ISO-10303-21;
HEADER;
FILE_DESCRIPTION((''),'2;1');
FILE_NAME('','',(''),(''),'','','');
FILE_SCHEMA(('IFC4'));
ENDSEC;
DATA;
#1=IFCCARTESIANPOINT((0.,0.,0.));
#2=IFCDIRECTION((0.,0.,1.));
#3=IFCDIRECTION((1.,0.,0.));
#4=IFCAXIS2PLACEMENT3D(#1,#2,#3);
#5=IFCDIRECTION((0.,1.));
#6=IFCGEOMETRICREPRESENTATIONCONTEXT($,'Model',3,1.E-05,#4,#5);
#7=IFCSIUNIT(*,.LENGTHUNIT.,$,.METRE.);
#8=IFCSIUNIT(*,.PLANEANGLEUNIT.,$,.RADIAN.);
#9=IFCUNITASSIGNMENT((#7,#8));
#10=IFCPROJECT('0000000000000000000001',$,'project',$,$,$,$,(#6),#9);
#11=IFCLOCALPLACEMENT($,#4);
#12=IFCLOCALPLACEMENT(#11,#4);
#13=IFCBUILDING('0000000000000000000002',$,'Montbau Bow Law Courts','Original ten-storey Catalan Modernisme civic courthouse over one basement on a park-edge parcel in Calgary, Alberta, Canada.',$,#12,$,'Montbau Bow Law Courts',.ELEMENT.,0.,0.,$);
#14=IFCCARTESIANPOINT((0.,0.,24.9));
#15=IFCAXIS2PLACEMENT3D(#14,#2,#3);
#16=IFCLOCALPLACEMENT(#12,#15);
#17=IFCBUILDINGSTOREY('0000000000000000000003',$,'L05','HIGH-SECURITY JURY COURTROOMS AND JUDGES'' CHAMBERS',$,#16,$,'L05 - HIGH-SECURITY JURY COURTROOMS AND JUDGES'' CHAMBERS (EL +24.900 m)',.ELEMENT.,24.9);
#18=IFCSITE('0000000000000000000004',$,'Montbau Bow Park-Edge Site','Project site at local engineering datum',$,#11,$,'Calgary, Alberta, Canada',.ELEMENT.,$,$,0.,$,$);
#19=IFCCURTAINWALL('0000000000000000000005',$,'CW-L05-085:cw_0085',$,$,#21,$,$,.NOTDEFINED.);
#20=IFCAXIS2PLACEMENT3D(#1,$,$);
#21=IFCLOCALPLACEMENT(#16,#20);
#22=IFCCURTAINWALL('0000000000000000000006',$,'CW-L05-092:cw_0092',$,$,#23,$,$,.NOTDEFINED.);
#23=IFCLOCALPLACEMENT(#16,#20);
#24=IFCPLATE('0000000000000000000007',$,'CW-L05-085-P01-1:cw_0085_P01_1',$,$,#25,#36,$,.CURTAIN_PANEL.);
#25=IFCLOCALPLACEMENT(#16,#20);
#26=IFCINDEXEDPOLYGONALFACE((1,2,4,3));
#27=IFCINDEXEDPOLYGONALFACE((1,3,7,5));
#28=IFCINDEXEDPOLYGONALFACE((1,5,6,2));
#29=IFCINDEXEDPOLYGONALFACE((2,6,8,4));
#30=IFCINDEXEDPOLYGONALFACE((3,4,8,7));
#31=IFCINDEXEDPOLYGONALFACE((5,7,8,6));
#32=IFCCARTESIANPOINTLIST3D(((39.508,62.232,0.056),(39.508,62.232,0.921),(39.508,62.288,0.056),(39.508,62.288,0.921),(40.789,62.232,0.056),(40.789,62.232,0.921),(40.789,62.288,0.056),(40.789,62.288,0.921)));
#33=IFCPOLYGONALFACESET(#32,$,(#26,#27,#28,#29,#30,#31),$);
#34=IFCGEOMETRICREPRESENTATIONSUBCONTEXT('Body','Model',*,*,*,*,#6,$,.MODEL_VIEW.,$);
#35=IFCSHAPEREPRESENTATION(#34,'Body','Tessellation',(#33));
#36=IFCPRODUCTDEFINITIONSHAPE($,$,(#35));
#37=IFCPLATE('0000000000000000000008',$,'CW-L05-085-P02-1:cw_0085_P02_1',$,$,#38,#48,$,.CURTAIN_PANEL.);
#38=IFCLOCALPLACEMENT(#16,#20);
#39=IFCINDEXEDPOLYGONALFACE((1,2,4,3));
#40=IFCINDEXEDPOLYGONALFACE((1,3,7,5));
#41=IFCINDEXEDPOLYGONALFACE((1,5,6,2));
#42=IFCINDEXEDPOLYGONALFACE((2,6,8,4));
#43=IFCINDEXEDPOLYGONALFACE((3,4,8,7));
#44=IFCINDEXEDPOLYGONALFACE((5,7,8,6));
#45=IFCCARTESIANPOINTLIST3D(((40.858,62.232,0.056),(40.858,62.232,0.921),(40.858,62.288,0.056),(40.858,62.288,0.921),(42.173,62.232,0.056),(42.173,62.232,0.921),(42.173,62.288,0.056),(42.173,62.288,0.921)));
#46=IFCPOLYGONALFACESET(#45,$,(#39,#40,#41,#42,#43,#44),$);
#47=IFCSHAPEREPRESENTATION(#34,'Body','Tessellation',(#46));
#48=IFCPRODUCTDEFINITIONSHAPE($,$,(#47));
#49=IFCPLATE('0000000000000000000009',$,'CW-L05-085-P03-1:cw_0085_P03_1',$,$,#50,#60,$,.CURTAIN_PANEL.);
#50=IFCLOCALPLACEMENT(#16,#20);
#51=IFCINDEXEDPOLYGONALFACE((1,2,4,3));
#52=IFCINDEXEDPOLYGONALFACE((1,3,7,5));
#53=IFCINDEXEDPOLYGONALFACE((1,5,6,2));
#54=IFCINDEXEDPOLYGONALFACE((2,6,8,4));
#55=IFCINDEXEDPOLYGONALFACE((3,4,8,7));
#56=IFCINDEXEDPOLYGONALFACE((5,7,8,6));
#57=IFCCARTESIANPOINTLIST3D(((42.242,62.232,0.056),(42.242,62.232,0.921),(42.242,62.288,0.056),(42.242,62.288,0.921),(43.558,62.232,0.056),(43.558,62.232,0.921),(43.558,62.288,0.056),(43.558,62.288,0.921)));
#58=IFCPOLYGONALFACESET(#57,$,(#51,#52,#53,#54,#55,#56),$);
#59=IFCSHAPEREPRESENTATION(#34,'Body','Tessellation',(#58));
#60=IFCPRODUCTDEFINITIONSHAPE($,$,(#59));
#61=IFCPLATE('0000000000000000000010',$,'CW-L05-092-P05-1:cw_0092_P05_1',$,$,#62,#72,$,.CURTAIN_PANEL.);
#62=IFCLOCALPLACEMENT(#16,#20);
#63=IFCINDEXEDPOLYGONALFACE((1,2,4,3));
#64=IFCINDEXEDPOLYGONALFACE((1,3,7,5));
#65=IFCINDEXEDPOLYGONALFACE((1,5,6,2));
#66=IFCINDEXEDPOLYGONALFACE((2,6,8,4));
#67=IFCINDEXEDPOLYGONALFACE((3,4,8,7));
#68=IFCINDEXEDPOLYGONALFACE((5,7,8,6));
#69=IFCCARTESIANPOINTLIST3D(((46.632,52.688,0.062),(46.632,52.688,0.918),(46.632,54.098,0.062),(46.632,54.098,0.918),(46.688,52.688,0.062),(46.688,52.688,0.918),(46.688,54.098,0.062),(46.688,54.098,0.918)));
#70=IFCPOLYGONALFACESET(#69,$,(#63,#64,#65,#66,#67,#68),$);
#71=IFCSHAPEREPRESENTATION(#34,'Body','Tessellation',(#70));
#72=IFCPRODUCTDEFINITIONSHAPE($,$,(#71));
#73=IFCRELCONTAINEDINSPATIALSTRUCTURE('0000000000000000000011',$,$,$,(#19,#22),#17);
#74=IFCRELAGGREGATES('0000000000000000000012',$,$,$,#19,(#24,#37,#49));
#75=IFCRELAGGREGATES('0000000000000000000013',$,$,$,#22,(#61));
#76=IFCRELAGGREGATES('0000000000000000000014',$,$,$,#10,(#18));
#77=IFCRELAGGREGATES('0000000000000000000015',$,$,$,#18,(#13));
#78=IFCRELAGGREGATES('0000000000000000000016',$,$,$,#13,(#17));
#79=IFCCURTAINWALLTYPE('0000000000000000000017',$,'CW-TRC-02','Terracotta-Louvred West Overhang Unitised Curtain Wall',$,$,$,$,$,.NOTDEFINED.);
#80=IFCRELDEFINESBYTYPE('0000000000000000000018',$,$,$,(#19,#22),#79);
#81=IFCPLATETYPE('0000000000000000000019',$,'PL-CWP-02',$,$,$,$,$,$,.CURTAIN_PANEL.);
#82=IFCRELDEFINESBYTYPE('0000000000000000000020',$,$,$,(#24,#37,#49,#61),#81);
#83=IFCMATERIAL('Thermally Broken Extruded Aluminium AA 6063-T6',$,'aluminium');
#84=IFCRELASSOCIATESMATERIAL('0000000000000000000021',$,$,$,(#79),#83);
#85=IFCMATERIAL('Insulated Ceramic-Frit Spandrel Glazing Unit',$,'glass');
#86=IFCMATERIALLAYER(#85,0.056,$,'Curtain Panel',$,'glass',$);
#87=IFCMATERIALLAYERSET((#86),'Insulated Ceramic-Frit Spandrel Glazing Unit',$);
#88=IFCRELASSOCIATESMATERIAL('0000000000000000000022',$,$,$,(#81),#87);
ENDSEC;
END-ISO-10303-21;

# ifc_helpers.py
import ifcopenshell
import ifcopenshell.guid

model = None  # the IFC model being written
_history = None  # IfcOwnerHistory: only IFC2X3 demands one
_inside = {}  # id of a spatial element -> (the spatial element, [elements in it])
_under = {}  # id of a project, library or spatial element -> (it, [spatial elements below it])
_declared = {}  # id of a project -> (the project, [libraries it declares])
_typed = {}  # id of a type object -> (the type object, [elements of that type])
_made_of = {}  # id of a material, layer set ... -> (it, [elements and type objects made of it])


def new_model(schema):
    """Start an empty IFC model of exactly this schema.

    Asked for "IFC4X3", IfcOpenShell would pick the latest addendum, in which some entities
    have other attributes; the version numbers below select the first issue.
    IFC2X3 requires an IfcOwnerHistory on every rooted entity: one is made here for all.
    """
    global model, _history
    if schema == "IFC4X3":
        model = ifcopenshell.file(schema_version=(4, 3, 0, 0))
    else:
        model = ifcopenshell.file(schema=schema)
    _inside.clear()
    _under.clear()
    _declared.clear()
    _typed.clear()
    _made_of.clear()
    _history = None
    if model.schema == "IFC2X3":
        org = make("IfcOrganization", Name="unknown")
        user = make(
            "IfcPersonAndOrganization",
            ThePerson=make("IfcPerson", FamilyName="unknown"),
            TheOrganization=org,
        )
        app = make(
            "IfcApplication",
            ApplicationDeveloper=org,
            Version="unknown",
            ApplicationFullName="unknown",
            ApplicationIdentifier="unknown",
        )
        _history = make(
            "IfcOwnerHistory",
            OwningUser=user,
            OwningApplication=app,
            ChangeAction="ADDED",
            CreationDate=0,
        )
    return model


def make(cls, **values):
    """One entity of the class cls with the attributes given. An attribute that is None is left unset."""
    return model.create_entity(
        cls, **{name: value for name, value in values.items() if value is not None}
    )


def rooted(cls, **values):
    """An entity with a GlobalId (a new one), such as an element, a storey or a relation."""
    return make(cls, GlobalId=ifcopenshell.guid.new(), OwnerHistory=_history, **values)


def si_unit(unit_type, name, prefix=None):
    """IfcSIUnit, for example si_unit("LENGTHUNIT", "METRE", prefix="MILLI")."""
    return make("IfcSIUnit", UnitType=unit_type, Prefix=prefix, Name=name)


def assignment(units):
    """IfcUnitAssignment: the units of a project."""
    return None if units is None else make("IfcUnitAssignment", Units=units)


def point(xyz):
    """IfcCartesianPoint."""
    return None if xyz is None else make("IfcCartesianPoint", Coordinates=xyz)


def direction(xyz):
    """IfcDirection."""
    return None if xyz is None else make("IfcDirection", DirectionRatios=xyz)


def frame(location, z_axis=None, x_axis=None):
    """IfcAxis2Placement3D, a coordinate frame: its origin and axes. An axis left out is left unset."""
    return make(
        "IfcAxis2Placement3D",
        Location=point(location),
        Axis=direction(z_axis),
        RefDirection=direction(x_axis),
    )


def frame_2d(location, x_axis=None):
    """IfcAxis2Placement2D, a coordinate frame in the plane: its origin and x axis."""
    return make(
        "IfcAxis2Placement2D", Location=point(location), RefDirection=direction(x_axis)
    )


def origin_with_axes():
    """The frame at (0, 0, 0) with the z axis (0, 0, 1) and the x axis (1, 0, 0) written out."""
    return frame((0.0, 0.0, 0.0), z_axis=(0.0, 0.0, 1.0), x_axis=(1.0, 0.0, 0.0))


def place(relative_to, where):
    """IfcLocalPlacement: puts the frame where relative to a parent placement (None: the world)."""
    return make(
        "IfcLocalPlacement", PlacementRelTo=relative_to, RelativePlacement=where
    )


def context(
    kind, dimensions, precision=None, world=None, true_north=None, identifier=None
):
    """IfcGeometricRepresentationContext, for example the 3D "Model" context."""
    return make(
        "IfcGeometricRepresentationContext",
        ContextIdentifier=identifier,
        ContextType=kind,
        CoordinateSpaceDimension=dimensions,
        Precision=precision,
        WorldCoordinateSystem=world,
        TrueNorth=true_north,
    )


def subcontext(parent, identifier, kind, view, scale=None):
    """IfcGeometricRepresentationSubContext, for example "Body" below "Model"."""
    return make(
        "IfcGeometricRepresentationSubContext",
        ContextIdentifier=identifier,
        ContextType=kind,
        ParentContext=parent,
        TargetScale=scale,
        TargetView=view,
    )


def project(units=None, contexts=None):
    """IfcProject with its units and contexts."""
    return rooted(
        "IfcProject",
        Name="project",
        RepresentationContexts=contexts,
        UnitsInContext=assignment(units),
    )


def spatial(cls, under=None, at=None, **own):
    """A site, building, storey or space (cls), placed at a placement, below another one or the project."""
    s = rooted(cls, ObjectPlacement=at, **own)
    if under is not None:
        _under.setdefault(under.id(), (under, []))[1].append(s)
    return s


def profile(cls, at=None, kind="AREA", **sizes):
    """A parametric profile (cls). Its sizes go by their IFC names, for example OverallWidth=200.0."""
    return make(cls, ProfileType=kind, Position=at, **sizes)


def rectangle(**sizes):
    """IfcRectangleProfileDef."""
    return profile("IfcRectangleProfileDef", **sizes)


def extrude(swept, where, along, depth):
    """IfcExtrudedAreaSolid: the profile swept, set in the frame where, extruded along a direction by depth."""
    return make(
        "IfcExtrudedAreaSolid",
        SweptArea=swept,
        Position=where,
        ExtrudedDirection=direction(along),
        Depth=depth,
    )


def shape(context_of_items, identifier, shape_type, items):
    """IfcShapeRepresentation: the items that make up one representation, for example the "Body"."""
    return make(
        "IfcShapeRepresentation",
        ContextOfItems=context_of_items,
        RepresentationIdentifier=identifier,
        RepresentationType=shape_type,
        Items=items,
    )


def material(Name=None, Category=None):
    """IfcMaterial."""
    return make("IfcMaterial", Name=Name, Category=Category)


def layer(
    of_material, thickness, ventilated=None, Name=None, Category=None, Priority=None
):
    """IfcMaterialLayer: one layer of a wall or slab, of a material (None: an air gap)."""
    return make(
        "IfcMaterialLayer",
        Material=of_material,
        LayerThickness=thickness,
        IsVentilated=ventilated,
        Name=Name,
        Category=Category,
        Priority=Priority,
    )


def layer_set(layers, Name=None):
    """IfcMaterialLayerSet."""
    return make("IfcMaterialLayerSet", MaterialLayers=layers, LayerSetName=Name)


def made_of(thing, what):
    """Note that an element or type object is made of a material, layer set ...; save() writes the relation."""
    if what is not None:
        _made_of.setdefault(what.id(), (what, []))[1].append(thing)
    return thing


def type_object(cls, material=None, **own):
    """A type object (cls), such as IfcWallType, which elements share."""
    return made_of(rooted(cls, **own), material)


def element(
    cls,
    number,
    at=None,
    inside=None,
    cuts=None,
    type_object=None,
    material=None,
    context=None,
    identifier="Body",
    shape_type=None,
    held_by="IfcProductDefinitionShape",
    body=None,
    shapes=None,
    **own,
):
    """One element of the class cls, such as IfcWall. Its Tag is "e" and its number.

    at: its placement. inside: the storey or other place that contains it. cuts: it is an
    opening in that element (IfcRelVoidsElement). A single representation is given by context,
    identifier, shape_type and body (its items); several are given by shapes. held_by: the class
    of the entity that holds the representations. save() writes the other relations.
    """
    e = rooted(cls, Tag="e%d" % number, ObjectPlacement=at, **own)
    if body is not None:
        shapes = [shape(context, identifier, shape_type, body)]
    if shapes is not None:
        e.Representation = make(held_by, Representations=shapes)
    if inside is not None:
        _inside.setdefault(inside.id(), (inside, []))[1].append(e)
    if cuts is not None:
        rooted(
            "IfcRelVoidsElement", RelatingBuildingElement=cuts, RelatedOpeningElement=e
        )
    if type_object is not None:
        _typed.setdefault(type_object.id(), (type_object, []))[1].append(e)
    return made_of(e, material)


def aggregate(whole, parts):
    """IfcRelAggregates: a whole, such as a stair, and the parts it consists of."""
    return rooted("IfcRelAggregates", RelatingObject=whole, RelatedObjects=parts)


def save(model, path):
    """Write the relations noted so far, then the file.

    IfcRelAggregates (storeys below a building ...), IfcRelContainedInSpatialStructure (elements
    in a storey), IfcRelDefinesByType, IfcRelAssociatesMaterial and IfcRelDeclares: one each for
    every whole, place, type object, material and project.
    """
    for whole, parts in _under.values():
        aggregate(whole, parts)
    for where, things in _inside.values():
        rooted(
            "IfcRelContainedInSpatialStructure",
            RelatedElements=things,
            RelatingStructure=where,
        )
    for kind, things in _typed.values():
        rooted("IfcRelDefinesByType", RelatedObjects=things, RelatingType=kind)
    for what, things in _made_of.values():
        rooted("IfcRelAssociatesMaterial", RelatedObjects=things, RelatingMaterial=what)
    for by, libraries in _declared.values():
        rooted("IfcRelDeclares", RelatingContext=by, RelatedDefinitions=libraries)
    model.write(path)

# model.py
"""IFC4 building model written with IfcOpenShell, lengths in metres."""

from ifc_helpers import new_model, si_unit, direction, frame, frame_2d, origin_with_axes, place, context, subcontext, project, spatial, rectangle, extrude, material, layer, layer_set, type_object, element, aggregate, save


model = new_model("IFC4")

# Units and contexts
model_context = context("Model", 3, precision=1e-05, world=origin_with_axes(), true_north=direction((0.0, 1.0)))
body_context = subcontext(model_context, "Body", "Model", "MODEL_VIEW")
ifc_project = project(units=[si_unit("LENGTHUNIT", "METRE"), si_unit("PLANEANGLEUNIT", "RADIAN")], contexts=[model_context])

# Site, building, storey
site_placement = place(None, origin_with_axes())
site = spatial("IfcSite", under=ifc_project, at=site_placement, Name="Montbau Bow Park-Edge Site", Description="Project site at local engineering datum", LongName="Calgary, Alberta, Canada", CompositionType="ELEMENT", RefElevation=0.0)
building_placement = place(site_placement, origin_with_axes())
building = spatial("IfcBuilding", under=site, at=building_placement, Name="Montbau Bow Law Courts", Description="Original ten-storey Catalan Modernisme civic courthouse over one basement on a park-edge parcel in Calgary, Alberta, Canada.", LongName="Montbau Bow Law Courts", CompositionType="ELEMENT", ElevationOfRefHeight=0.0, ElevationOfTerrain=0.0)
storey_placement = place(building_placement, frame((0.0, 0.0, 24.9), z_axis=(0.0, 0.0, 1.0), x_axis=(1.0, 0.0, 0.0)))
storey = spatial("IfcBuildingStorey", under=building, at=storey_placement, Name="L05", Description="HIGH-SECURITY JURY COURTROOMS AND JUDGES' CHAMBERS", LongName="L05 - HIGH-SECURITY JURY COURTROOMS AND JUDGES' CHAMBERS (EL +24.900 m)", CompositionType="ELEMENT", Elevation=24.9)

# Curtain wall
ifc_material_1 = material(Name="Thermally Broken Extruded Aluminium AA 6063-T6", Category="aluminium")
curtain_wall_type = type_object("IfcCurtainWallType", Name="CW-TRC-02", Description="Terracotta-Louvred West Overhang Unitised Curtain Wall", PredefinedType="NOTDEFINED", material=ifc_material_1)
curtain_wall_1_placement = place(None, frame((39.44, 62.26, 24.9), z_axis=(0.0, 0.0, 1.0), x_axis=(1.0, 0.0, 0.0)))
curtain_wall_1 = element("IfcCurtainWall", 1, at=curtain_wall_1_placement, inside=storey, type_object=curtain_wall_type, Name="CW-L05-085:cw_0085", PredefinedType="NOTDEFINED")

# Curtain wall
curtain_wall_2_placement = place(None, frame((46.66, 46.64, 24.9), z_axis=(0.0, 0.0, 1.0), x_axis=(1.0, 0.0, 0.0)))
curtain_wall_2 = element("IfcCurtainWall", 2, at=curtain_wall_2_placement, inside=storey, type_object=curtain_wall_type, Name="CW-L05-092:cw_0092", PredefinedType="NOTDEFINED")

# Plates
ifc_material_2 = material(Name="Insulated Ceramic-Frit Spandrel Glazing Unit", Category="glass")
ifc_layer_1 = layer(ifc_material_2, 0.056, Name="Curtain Panel", Category="glass")
ifc_layer_set_1 = layer_set([ifc_layer_1], Name="Insulated Ceramic-Frit Spandrel Glazing Unit")
plate_type_1 = type_object("IfcPlateType", Name="PL-CWP-02", PredefinedType="CURTAIN_PANEL", material=ifc_layer_set_1)
plate_1_placement = place(None, frame((39.508, 62.26, 24.956), z_axis=(0.0, -1.0, 0.0), x_axis=(1.0, 0.0, 0.0)))
plate_1 = element("IfcPlate", 3, at=plate_1_placement, type_object=plate_type_1, Name="CW-L05-085-P01-1:cw_0085_P01_1", PredefinedType="CURTAIN_PANEL", context=body_context, shape_type="SweptSolid", body=[
    extrude(rectangle(XDim=1.281, YDim=0.865, at=frame_2d((0.6405, 0.4325), x_axis=(1.0, 0.0))), frame((0.0, 0.0, -0.028), z_axis=(0.0, 0.0, 1.0), x_axis=(1.0, 0.0, 0.0)), (0.0, 0.0, 1.0), 0.056),
])
plate_2_placement = place(None, frame((40.858, 62.26, 24.956), z_axis=(0.0, -1.0, 0.0), x_axis=(1.0, 0.0, 0.0)))
plate_2 = element("IfcPlate", 4, at=plate_2_placement, type_object=plate_type_1, Name="CW-L05-085-P02-1:cw_0085_P02_1", PredefinedType="CURTAIN_PANEL", context=body_context, shape_type="SweptSolid", body=[
    extrude(rectangle(XDim=1.315, YDim=0.865, at=frame_2d((0.6575, 0.4325), x_axis=(1.0, 0.0))), frame((0.0, 0.0, -0.028), z_axis=(0.0, 0.0, 1.0), x_axis=(1.0, 0.0, 0.0)), (0.0, 0.0, 1.0), 0.056),
])
plate_3_placement = place(None, frame((42.242, 62.26, 24.956), z_axis=(0.0, -1.0, 0.0), x_axis=(1.0, 0.0, 0.0)))
plate_3 = element("IfcPlate", 5, at=plate_3_placement, type_object=plate_type_1, Name="CW-L05-085-P03-1:cw_0085_P03_1", PredefinedType="CURTAIN_PANEL", context=body_context, shape_type="SweptSolid", body=[
    extrude(rectangle(XDim=1.316, YDim=0.865, at=frame_2d((0.658, 0.4325), x_axis=(1.0, 0.0))), frame((0.0, 0.0, -0.028), z_axis=(0.0, 0.0, 1.0), x_axis=(1.0, 0.0, 0.0)), (0.0, 0.0, 1.0), 0.056),
])
aggregate(curtain_wall_1, [plate_1, plate_2, plate_3])
plate_4_placement = place(None, frame((46.66, 52.688, 24.962), z_axis=(1.0, 0.0, 0.0), x_axis=(0.0, 1.0, 0.0)))
plate_4 = element("IfcPlate", 6, at=plate_4_placement, type_object=plate_type_1, Name="CW-L05-092-P05-1:cw_0092_P05_1", PredefinedType="CURTAIN_PANEL", context=body_context, shape_type="SweptSolid", body=[
    extrude(rectangle(XDim=1.41, YDim=0.856, at=frame_2d((0.705, 0.428), x_axis=(1.0, 0.0))), frame((0.0, 0.0, -0.028), z_axis=(0.0, 0.0, 1.0), x_axis=(1.0, 0.0, 0.0)), (0.0, 0.0, 1.0), 0.056),
])
aggregate(curtain_wall_2, [plate_4])

save(model, "model.ifc")
